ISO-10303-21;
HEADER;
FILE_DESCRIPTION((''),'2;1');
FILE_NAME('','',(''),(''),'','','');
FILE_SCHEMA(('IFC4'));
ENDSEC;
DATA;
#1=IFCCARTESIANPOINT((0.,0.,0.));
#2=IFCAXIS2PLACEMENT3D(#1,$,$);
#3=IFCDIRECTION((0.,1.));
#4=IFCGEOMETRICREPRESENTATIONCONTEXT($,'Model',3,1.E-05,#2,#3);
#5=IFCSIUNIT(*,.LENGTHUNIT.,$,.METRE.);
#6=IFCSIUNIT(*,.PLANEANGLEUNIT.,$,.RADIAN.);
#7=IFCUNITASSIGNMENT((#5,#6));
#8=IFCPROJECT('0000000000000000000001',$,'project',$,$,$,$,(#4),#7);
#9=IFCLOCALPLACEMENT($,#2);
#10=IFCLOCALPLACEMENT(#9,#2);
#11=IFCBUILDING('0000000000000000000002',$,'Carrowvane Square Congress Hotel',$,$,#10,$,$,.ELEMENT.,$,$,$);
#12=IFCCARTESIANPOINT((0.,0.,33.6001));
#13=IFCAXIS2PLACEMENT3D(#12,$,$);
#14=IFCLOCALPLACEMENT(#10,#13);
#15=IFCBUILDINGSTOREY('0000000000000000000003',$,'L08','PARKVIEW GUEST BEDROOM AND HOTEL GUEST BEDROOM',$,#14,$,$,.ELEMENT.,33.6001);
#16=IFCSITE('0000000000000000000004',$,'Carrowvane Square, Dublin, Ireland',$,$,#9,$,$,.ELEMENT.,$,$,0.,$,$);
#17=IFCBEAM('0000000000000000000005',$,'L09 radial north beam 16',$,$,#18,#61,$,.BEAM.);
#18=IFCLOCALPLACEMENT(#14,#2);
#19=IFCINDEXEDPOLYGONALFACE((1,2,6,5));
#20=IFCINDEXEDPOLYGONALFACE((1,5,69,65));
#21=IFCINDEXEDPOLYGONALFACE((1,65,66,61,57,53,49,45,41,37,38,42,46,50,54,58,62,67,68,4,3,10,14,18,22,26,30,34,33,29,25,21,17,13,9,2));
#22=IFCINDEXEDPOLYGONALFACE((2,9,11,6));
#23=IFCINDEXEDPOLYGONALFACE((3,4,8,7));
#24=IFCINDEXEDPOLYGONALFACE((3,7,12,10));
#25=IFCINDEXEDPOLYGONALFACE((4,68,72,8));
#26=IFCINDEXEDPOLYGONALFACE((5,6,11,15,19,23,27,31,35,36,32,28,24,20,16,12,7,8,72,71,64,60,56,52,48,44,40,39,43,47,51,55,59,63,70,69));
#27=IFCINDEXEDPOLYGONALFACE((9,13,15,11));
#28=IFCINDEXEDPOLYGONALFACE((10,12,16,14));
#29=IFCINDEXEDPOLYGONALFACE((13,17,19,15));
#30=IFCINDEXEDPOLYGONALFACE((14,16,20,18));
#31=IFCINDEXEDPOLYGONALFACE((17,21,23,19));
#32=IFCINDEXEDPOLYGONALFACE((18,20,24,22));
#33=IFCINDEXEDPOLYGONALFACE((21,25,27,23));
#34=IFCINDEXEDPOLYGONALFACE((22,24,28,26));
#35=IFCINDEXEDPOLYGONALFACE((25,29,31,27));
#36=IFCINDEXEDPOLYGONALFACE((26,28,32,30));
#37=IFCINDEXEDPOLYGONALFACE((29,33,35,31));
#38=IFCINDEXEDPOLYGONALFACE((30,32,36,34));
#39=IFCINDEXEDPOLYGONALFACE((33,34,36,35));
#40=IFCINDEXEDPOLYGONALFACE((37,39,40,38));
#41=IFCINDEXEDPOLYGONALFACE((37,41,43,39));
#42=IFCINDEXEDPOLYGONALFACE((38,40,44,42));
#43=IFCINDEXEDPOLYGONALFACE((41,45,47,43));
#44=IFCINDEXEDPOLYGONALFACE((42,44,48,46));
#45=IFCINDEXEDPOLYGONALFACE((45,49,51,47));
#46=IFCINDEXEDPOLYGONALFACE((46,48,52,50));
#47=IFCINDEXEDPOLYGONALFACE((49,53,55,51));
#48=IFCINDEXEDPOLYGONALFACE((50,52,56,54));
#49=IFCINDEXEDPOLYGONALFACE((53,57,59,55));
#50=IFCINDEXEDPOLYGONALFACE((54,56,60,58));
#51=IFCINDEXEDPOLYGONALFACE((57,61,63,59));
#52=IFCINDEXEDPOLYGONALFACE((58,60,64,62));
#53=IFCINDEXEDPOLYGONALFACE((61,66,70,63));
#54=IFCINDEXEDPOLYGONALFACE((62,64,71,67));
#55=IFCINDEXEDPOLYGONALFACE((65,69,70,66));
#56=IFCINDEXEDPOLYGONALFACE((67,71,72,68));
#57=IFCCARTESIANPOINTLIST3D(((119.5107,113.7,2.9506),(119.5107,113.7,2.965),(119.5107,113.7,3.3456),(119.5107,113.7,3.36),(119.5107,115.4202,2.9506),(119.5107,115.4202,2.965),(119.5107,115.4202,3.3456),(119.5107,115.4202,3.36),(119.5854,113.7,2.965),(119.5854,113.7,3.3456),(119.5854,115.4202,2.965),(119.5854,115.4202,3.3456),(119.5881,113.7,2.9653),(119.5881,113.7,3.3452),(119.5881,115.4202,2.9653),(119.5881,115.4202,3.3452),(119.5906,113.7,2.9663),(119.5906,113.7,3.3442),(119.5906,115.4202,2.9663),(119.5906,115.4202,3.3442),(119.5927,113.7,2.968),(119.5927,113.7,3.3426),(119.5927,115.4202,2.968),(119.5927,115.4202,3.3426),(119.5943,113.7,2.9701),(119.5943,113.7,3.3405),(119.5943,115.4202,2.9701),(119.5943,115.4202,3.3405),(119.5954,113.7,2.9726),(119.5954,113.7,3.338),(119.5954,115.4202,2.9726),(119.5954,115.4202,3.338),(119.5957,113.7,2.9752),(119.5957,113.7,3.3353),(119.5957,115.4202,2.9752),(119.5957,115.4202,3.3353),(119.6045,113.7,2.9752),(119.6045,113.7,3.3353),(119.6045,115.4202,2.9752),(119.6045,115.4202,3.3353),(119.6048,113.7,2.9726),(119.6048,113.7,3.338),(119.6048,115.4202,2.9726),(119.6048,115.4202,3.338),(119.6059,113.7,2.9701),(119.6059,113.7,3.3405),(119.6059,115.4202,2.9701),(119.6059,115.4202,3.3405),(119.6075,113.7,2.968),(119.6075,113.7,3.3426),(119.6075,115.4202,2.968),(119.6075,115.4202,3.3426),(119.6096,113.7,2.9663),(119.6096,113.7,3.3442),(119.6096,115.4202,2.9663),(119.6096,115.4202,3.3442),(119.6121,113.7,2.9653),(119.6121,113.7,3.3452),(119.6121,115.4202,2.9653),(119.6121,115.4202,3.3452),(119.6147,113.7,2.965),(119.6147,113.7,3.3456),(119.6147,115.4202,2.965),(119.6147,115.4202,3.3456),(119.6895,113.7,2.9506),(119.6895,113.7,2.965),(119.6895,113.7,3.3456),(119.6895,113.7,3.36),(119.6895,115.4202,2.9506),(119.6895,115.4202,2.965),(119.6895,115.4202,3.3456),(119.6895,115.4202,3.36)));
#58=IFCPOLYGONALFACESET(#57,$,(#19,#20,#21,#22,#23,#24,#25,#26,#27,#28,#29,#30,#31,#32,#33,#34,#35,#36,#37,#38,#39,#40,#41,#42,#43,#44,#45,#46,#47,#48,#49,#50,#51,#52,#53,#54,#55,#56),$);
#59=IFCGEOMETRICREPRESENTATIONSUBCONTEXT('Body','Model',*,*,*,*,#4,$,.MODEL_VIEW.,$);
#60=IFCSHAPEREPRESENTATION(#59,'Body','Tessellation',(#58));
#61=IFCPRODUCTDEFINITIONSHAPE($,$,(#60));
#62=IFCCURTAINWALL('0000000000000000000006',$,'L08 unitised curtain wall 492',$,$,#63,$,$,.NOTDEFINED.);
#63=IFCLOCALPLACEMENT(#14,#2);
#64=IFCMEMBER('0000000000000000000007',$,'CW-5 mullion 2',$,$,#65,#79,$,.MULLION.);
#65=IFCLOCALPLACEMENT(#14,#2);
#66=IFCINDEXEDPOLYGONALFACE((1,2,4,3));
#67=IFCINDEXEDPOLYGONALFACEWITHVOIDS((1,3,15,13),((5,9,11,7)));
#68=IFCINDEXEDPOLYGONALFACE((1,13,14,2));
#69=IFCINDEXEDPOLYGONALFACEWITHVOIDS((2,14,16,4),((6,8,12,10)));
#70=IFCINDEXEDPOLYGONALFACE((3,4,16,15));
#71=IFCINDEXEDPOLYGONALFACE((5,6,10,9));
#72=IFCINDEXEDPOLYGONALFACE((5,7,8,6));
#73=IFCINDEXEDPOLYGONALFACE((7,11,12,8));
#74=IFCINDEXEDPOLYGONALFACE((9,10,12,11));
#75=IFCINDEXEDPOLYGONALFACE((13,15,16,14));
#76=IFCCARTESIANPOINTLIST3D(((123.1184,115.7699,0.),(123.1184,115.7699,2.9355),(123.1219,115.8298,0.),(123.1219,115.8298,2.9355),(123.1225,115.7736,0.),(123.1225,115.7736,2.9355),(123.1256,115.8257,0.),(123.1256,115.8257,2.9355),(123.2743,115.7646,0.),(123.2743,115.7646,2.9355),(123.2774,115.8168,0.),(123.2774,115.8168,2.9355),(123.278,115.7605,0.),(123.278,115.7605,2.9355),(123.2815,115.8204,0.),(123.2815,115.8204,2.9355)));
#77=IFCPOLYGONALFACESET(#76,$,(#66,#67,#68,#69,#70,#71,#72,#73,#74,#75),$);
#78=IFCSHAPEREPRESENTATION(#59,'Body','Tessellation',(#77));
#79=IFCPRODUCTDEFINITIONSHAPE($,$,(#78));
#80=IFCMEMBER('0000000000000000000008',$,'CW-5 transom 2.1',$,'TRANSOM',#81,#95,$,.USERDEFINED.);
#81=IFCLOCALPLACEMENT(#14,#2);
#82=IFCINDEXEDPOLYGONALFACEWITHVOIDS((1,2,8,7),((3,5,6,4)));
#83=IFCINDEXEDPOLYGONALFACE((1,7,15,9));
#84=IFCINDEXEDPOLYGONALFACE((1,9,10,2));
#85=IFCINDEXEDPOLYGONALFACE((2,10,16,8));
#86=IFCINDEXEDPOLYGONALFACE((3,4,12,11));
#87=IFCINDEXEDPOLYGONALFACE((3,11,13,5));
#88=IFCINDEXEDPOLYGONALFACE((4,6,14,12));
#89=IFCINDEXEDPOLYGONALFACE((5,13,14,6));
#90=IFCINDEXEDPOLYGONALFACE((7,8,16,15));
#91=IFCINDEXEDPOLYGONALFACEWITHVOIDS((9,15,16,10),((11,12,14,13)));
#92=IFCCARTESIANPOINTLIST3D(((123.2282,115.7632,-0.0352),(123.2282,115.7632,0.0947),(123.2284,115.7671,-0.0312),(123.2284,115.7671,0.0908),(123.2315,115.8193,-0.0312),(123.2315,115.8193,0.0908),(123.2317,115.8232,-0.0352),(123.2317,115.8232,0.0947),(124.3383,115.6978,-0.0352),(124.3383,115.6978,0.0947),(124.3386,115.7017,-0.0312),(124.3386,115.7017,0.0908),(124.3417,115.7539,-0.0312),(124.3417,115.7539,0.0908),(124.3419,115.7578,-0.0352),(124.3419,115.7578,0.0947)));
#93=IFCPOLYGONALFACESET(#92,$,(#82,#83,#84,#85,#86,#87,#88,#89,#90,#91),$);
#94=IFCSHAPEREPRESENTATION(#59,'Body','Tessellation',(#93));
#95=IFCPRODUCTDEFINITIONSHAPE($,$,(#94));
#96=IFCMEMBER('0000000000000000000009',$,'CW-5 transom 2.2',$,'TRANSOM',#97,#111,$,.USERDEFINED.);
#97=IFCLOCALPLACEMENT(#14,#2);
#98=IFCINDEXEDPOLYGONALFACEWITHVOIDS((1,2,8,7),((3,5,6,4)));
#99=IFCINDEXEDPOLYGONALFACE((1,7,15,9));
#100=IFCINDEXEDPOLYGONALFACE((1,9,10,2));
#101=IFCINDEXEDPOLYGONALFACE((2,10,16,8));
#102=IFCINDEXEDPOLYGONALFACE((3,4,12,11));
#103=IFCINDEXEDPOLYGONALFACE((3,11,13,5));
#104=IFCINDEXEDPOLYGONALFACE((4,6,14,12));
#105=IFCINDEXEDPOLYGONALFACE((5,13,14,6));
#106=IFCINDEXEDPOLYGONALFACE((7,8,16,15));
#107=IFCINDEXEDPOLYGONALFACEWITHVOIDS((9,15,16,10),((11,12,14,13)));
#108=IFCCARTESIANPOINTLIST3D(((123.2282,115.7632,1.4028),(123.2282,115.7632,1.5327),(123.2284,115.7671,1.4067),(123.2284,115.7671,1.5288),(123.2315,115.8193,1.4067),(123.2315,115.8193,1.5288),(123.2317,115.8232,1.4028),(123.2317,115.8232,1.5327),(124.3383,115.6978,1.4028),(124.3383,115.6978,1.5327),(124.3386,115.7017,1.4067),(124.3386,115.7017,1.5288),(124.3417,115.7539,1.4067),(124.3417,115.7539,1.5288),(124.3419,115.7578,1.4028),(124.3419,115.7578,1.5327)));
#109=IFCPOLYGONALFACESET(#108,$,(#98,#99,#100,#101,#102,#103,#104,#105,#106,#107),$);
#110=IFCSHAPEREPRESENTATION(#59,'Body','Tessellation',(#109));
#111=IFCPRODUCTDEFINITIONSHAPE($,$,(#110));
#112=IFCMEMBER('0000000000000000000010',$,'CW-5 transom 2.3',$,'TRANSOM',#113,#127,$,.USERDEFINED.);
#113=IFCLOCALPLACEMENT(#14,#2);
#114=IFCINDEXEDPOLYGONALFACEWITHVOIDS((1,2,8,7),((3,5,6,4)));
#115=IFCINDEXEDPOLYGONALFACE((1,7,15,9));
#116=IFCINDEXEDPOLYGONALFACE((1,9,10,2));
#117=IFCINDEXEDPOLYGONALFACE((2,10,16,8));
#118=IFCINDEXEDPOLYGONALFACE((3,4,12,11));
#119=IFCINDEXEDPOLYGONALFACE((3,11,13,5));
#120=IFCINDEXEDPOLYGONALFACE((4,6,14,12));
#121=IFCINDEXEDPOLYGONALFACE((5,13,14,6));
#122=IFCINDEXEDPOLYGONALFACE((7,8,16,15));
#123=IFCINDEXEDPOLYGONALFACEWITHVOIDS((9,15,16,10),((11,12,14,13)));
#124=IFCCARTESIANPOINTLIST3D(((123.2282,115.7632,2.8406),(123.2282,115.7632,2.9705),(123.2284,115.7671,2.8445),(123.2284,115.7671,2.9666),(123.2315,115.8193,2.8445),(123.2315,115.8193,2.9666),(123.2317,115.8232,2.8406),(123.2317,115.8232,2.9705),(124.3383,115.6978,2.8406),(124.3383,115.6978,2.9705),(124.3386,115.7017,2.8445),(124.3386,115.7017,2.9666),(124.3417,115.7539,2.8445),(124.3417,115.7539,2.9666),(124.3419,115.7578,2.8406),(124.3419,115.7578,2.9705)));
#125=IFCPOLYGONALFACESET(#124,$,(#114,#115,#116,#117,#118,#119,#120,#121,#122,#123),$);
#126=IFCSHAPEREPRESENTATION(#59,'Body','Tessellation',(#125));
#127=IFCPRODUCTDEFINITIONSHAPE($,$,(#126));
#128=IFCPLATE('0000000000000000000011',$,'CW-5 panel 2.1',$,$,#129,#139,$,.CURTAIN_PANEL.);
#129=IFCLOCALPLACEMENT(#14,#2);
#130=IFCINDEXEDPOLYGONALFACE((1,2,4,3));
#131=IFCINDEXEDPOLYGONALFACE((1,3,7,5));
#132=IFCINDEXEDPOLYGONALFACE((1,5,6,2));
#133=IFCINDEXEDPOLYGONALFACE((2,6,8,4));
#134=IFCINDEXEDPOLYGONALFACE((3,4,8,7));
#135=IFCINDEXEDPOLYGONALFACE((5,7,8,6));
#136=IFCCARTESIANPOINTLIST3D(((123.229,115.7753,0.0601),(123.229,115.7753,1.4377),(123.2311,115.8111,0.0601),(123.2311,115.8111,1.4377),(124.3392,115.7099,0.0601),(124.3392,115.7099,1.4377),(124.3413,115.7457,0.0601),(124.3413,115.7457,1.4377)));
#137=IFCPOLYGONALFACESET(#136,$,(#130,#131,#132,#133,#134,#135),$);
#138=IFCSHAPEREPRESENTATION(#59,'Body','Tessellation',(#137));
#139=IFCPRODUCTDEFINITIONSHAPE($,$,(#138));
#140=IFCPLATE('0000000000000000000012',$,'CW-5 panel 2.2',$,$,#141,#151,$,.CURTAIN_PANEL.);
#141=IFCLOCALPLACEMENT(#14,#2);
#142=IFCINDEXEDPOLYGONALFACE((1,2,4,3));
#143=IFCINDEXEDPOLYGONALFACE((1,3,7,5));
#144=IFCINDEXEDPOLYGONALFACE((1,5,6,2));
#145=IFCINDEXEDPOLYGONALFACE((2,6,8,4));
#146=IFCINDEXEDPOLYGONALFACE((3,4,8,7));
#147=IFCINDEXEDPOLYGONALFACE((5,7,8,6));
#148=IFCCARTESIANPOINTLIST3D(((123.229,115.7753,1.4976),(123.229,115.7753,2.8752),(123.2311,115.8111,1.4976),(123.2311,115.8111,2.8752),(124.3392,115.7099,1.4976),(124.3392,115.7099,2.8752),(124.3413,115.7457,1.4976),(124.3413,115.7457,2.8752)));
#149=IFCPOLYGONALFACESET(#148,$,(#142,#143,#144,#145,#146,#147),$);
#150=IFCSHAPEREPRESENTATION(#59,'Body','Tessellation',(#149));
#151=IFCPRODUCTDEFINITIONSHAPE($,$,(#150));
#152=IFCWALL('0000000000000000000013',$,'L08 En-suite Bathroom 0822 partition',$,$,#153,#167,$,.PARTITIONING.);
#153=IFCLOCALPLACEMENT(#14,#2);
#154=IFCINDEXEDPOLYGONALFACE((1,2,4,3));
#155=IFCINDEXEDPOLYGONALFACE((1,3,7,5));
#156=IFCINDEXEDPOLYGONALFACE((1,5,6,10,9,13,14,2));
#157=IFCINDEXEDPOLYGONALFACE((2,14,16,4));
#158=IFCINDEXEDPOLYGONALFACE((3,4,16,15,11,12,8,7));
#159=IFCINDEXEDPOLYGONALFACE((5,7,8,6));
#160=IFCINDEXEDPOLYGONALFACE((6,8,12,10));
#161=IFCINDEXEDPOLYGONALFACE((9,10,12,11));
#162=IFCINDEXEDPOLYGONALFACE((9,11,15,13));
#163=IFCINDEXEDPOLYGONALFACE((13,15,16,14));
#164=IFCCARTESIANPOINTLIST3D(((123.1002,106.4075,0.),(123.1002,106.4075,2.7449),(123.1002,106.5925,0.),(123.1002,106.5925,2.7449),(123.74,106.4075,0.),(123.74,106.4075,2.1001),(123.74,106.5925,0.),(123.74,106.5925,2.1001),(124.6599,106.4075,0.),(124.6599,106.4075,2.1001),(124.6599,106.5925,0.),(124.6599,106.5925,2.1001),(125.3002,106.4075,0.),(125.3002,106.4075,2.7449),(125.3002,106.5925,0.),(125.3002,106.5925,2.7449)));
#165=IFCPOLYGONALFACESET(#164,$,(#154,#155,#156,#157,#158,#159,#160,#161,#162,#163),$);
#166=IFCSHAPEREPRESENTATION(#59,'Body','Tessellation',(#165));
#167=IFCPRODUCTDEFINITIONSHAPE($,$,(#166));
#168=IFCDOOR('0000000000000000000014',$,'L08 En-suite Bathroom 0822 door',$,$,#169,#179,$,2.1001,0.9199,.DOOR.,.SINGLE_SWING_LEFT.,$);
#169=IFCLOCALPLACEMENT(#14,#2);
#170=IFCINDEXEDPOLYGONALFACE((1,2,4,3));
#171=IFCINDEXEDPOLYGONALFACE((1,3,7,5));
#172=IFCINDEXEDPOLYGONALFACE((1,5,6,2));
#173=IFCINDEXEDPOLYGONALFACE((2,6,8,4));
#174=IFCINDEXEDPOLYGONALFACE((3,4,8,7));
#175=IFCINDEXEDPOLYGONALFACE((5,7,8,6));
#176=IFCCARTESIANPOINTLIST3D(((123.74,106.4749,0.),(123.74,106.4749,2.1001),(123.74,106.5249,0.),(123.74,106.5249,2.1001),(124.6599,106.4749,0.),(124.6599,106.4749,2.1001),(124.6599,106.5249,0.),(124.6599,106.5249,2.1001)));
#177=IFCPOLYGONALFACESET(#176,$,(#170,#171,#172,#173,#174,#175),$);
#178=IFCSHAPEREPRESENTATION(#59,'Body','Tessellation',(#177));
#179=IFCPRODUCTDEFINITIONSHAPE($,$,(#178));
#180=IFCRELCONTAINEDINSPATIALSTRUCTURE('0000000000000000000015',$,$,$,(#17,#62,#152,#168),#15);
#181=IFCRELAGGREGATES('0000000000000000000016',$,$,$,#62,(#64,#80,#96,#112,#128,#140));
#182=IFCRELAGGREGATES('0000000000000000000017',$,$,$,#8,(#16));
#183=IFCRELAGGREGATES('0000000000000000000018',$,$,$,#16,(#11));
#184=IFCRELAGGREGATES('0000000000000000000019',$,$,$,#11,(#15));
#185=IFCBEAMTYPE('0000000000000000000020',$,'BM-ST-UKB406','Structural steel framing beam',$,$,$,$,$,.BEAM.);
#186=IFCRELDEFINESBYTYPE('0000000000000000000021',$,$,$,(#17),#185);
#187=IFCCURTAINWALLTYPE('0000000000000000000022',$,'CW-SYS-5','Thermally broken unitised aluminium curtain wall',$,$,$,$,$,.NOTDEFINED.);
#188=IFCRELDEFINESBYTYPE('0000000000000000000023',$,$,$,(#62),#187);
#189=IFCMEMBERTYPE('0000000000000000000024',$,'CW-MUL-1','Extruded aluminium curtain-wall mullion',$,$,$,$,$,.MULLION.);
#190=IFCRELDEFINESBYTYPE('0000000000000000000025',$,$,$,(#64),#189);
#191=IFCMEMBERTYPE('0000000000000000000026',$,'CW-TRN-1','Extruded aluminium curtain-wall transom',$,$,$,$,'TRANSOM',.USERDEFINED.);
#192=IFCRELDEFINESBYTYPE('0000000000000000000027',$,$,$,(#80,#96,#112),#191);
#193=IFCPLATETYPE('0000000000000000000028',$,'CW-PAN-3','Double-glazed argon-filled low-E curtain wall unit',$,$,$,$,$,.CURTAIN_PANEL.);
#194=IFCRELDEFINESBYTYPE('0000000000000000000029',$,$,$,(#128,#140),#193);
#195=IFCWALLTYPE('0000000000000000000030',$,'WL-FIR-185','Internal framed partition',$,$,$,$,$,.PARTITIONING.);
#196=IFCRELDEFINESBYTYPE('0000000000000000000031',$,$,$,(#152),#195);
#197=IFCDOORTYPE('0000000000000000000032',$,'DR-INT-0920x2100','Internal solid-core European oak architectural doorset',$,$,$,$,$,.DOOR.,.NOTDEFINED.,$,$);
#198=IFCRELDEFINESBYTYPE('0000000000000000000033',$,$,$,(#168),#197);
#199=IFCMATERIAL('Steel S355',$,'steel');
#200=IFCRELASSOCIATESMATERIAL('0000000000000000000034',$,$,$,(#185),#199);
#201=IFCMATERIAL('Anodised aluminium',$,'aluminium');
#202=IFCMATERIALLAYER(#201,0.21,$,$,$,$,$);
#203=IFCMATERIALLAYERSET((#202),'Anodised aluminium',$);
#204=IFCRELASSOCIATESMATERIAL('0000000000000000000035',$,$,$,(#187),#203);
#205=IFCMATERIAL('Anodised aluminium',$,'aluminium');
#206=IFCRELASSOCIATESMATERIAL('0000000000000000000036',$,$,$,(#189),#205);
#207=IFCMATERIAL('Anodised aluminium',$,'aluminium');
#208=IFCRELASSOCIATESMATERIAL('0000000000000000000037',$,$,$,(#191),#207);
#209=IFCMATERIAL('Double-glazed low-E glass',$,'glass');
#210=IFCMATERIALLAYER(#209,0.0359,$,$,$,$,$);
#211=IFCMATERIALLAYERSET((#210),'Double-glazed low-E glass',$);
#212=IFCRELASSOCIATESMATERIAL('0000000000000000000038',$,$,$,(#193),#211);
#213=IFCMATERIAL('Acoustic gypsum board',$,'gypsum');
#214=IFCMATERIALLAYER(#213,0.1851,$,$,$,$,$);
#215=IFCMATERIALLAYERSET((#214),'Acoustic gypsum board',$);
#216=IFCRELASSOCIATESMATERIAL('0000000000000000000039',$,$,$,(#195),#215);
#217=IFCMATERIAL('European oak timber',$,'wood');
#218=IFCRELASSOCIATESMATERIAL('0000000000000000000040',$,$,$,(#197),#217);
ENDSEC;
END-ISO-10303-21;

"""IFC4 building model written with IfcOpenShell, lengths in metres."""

from ifc_helpers import new_model, si_unit, direction, frame, frame_2d, origin, origin_2d, place, context, subcontext, project, spatial, rectangle, hollow_rectangle, i_section, extrude, material, layer, layer_set, material_profile, profile_set, type_object, element, fill, aggregate, save


model = new_model("IFC4")

# Units and contexts
model_context = context("Model", 3, precision=1e-05, world=origin(), true_north=direction((0.0, 1.0)))
body_context = subcontext(model_context, "Body", "Model", "MODEL_VIEW")
ifc_project = project(units=[si_unit("LENGTHUNIT", "METRE"), si_unit("PLANEANGLEUNIT", "RADIAN")], contexts=[model_context])

# Site, building, storey
site_placement = place(None, origin())
site = spatial("IfcSite", under=ifc_project, at=site_placement, Name="Carrowvane Square, Dublin, Ireland", CompositionType="ELEMENT", RefElevation=0.0)
building_placement = place(site_placement, origin())
building = spatial("IfcBuilding", under=site, at=building_placement, Name="Carrowvane Square Congress Hotel", CompositionType="ELEMENT")
storey_placement = place(building_placement, frame((0.0, 0.0, 33.6001)))
storey = spatial("IfcBuildingStorey", under=building, at=storey_placement, Name="L08", Description="PARKVIEW GUEST BEDROOM AND HOTEL GUEST BEDROOM", CompositionType="ELEMENT", Elevation=33.6001)

# Beam
ifc_material_1 = material(Name="Steel S355", Category="steel")
ifc_material_profile_1 = material_profile(ifc_material_1, i_section(OverallWidth=0.1787, OverallDepth=0.4094, WebThickness=0.0088, FlangeThickness=0.0144, FilletRadius=0.0103, at=origin_2d()), Name="UKB 406x178x67")
ifc_profile_set_1 = profile_set([ifc_material_profile_1], Name="Steel S355")
beam_type_1 = type_object("IfcBeamType", Name="BM-ST-UKB406", Description="Structural steel framing beam", PredefinedType="BEAM", material=ifc_profile_set_1)
beam_1_placement = place(storey_placement, frame((119.6001, 113.7, 3.1553), z_axis=(0.0, 1.0, 0.0), x_axis=(-1.0, 0.0, 0.0)))
element("IfcBeam", 1, at=beam_1_placement, inside=storey, type_object=beam_type_1, Name="L09 radial north beam 16", PredefinedType="BEAM", context=body_context, shape_type="SweptSolid", body=[
    extrude(i_section(OverallWidth=0.1787, OverallDepth=0.4094, WebThickness=0.0088, FlangeThickness=0.0144, FilletRadius=0.0103, at=origin_2d()), origin(), (0.0, 0.0, 1.0), 1.7202),
])

# Curtain wall, members, plates
ifc_material_2 = material(Name="Anodised aluminium", Category="aluminium")
ifc_layer_1 = layer(ifc_material_2, 0.21)
ifc_layer_set_1 = layer_set([ifc_layer_1], Name="Anodised aluminium")
curtain_wall_type = type_object("IfcCurtainWallType", Name="CW-SYS-5", Description="Thermally broken unitised aluminium curtain wall", PredefinedType="NOTDEFINED", material=ifc_layer_set_1)
curtain_wall_placement = place(storey_placement, origin())
curtain_wall = element("IfcCurtainWall", 2, at=curtain_wall_placement, inside=storey, type_object=curtain_wall_type, Name="L08 unitised curtain wall 492", PredefinedType="NOTDEFINED")
ifc_material_3 = material(Name="Anodised aluminium", Category="aluminium")
ifc_material_profile_2 = material_profile(ifc_material_3, hollow_rectangle(XDim=0.0601, YDim=0.1599, WallThickness=0.0039, at=origin_2d()), Name="CW-ML 60x160x4")
ifc_profile_set_2 = profile_set([ifc_material_profile_2], Name="Anodised aluminium")
member_type_1 = type_object("IfcMemberType", Name="CW-MUL-1", Description="Extruded aluminium curtain-wall mullion", PredefinedType="MULLION", material=ifc_profile_set_2)
member_1_placement = place(storey_placement, frame((123.2, 115.7952, 0.0), z_axis=(0.0, 0.0, 1.0), x_axis=(0.058851, 0.998267, 0.0)))
member_1 = element("IfcMember", 3, at=member_1_placement, type_object=member_type_1, Name="CW-5 mullion 2", PredefinedType="MULLION", context=body_context, shape_type="SweptSolid", body=[
    extrude(hollow_rectangle(XDim=0.0601, YDim=0.1599, WallThickness=0.0039, at=origin_2d()), origin(), (0.0, 0.0, 1.0), 2.9355),
])
ifc_material_4 = material(Name="Anodised aluminium", Category="aluminium")
ifc_material_profile_3 = material_profile(ifc_material_4, hollow_rectangle(XDim=0.0601, YDim=0.1299, WallThickness=0.0039, at=origin_2d()), Name="CW-TR 60x130x4")
ifc_profile_set_3 = profile_set([ifc_material_profile_3], Name="Anodised aluminium")
member_type_2 = type_object("IfcMemberType", Name="CW-TRN-1", Description="Extruded aluminium curtain-wall transom", ElementType="TRANSOM", PredefinedType="USERDEFINED", material=ifc_profile_set_3)
member_2_placement = place(storey_placement, frame((123.23, 115.7932, 0.0298), z_axis=(0.998268, -0.058838, 0.0), x_axis=(0.058838, 0.998268, 0.0)))
member_2 = element("IfcMember", 4, at=member_2_placement, type_object=member_type_2, Name="CW-5 transom 2.1", ObjectType="TRANSOM", PredefinedType="USERDEFINED", context=body_context, shape_type="SweptSolid", body=[
    extrude(hollow_rectangle(XDim=0.0601, YDim=0.1299, WallThickness=0.0039, at=origin_2d()), origin(), (0.0, 0.0, 1.0), 1.1121),
])
member_3_placement = place(storey_placement, frame((123.23, 115.7932, 1.4678), z_axis=(0.998268, -0.058838, 0.0), x_axis=(0.058838, 0.998268, 0.0)))
member_3 = element("IfcMember", 5, at=member_3_placement, type_object=member_type_2, Name="CW-5 transom 2.2", ObjectType="TRANSOM", PredefinedType="USERDEFINED", context=body_context, shape_type="SweptSolid", body=[
    extrude(hollow_rectangle(XDim=0.0601, YDim=0.1299, WallThickness=0.0039, at=origin_2d()), origin(), (0.0, 0.0, 1.0), 1.1121),
])
member_4_placement = place(storey_placement, frame((123.23, 115.7932, 2.9055), z_axis=(0.998268, -0.058838, 0.0), x_axis=(0.058838, 0.998268, 0.0)))
member_4 = element("IfcMember", 6, at=member_4_placement, type_object=member_type_2, Name="CW-5 transom 2.3", ObjectType="TRANSOM", PredefinedType="USERDEFINED", context=body_context, shape_type="SweptSolid", body=[
    extrude(hollow_rectangle(XDim=0.0601, YDim=0.1299, WallThickness=0.0039, at=origin_2d()), origin(), (0.0, 0.0, 1.0), 1.1121),
])
ifc_material_5 = material(Name="Double-glazed low-E glass", Category="glass")
ifc_layer_2 = layer(ifc_material_5, 0.0359)
ifc_layer_set_2 = layer_set([ifc_layer_2], Name="Double-glazed low-E glass")
plate_type = type_object("IfcPlateType", Name="CW-PAN-3", Description="Double-glazed argon-filled low-E curtain wall unit", PredefinedType="CURTAIN_PANEL", material=ifc_layer_set_2)
plate_1_placement = place(storey_placement, frame((123.7852, 115.7605, 0.0601), z_axis=(0.0, 0.0, 1.0), x_axis=(0.998267, -0.058851, 0.0)))
plate_1 = element("IfcPlate", 7, at=plate_1_placement, type_object=plate_type, Name="CW-5 panel 2.1", PredefinedType="CURTAIN_PANEL", context=body_context, shape_type="SweptSolid", body=[
    extrude(rectangle(XDim=1.1121, YDim=0.0359, at=origin_2d()), origin(), (0.0, 0.0, 1.0), 1.3777),
])
plate_2_placement = place(storey_placement, frame((123.7852, 115.7605, 1.4976), z_axis=(0.0, 0.0, 1.0), x_axis=(0.998267, -0.058851, 0.0)))
plate_2 = element("IfcPlate", 8, at=plate_2_placement, type_object=plate_type, Name="CW-5 panel 2.2", PredefinedType="CURTAIN_PANEL", context=body_context, shape_type="SweptSolid", body=[
    extrude(rectangle(XDim=1.1121, YDim=0.0359, at=origin_2d()), origin(), (0.0, 0.0, 1.0), 1.3777),
])
aggregate(curtain_wall, [member_1, member_2, member_3, member_4, plate_1, plate_2])

# Wall, opening, door
ifc_material_6 = material(Name="Acoustic gypsum board", Category="gypsum")
ifc_layer_3 = layer(ifc_material_6, 0.1851)
ifc_layer_set_3 = layer_set([ifc_layer_3], Name="Acoustic gypsum board")
wall_type_1 = type_object("IfcWallType", Name="WL-FIR-185", Description="Internal framed partition", PredefinedType="PARTITIONING", material=ifc_layer_set_3)
wall_1_placement = place(storey_placement, frame((123.1001, 106.5, 0.0), z_axis=(0.0, 0.0, 1.0), x_axis=(1.0, 0.0, 0.0)))
wall_1 = element("IfcWall", 9, at=wall_1_placement, inside=storey, type_object=wall_type_1, Name="L08 En-suite Bathroom 0822 partition", PredefinedType="PARTITIONING", context=body_context, shape_type="SweptSolid", body=[
    extrude(rectangle(XDim=2.2, YDim=0.1851, at=frame_2d((1.1001, 0.0))), origin(), (0.0, 0.0, 1.0), 2.7449),
])
opening_1_placement = place(wall_1_placement, frame((0.6399, 0.0, 0.0)))
opening_1 = element("IfcOpeningElement", 10, at=opening_1_placement, cuts=wall_1, PredefinedType="OPENING", context=body_context, shape_type="SweptSolid", body=[
    extrude(rectangle(XDim=0.9199, YDim=2.1001, at=frame_2d((0.46, 1.05))), frame((0.0, 0.1025, 0.0), z_axis=(0.0, -1.0, 0.0), x_axis=(1.0, 0.0, 0.0)), (0.0, 0.0, 1.0), 0.2051),
])
ifc_material_7 = material(Name="European oak timber", Category="wood")
door_type_1 = type_object("IfcDoorType", Name="DR-INT-0920x2100", Description="Internal solid-core European oak architectural doorset", OperationType="NOTDEFINED", PredefinedType="DOOR", material=ifc_material_7)
door_1_placement = place(opening_1_placement, origin())
door_1 = element("IfcDoor", 11, at=door_1_placement, inside=storey, type_object=door_type_1, Name="L08 En-suite Bathroom 0822 door", OperationType="SINGLE_SWING_LEFT", OverallHeight=2.1001, OverallWidth=0.9199, PredefinedType="DOOR", context=body_context, shape_type="SweptSolid", body=[
    extrude(rectangle(XDim=0.9199, YDim=2.1001, at=frame_2d((0.46, 1.05))), frame((0.0, 0.0249, 0.0), z_axis=(0.0, -1.0, 0.0), x_axis=(1.0, 0.0, 0.0)), (0.0, 0.0, 1.0), 0.05),
])
fill(opening_1, door_1)

save(model, "model.ifc")
